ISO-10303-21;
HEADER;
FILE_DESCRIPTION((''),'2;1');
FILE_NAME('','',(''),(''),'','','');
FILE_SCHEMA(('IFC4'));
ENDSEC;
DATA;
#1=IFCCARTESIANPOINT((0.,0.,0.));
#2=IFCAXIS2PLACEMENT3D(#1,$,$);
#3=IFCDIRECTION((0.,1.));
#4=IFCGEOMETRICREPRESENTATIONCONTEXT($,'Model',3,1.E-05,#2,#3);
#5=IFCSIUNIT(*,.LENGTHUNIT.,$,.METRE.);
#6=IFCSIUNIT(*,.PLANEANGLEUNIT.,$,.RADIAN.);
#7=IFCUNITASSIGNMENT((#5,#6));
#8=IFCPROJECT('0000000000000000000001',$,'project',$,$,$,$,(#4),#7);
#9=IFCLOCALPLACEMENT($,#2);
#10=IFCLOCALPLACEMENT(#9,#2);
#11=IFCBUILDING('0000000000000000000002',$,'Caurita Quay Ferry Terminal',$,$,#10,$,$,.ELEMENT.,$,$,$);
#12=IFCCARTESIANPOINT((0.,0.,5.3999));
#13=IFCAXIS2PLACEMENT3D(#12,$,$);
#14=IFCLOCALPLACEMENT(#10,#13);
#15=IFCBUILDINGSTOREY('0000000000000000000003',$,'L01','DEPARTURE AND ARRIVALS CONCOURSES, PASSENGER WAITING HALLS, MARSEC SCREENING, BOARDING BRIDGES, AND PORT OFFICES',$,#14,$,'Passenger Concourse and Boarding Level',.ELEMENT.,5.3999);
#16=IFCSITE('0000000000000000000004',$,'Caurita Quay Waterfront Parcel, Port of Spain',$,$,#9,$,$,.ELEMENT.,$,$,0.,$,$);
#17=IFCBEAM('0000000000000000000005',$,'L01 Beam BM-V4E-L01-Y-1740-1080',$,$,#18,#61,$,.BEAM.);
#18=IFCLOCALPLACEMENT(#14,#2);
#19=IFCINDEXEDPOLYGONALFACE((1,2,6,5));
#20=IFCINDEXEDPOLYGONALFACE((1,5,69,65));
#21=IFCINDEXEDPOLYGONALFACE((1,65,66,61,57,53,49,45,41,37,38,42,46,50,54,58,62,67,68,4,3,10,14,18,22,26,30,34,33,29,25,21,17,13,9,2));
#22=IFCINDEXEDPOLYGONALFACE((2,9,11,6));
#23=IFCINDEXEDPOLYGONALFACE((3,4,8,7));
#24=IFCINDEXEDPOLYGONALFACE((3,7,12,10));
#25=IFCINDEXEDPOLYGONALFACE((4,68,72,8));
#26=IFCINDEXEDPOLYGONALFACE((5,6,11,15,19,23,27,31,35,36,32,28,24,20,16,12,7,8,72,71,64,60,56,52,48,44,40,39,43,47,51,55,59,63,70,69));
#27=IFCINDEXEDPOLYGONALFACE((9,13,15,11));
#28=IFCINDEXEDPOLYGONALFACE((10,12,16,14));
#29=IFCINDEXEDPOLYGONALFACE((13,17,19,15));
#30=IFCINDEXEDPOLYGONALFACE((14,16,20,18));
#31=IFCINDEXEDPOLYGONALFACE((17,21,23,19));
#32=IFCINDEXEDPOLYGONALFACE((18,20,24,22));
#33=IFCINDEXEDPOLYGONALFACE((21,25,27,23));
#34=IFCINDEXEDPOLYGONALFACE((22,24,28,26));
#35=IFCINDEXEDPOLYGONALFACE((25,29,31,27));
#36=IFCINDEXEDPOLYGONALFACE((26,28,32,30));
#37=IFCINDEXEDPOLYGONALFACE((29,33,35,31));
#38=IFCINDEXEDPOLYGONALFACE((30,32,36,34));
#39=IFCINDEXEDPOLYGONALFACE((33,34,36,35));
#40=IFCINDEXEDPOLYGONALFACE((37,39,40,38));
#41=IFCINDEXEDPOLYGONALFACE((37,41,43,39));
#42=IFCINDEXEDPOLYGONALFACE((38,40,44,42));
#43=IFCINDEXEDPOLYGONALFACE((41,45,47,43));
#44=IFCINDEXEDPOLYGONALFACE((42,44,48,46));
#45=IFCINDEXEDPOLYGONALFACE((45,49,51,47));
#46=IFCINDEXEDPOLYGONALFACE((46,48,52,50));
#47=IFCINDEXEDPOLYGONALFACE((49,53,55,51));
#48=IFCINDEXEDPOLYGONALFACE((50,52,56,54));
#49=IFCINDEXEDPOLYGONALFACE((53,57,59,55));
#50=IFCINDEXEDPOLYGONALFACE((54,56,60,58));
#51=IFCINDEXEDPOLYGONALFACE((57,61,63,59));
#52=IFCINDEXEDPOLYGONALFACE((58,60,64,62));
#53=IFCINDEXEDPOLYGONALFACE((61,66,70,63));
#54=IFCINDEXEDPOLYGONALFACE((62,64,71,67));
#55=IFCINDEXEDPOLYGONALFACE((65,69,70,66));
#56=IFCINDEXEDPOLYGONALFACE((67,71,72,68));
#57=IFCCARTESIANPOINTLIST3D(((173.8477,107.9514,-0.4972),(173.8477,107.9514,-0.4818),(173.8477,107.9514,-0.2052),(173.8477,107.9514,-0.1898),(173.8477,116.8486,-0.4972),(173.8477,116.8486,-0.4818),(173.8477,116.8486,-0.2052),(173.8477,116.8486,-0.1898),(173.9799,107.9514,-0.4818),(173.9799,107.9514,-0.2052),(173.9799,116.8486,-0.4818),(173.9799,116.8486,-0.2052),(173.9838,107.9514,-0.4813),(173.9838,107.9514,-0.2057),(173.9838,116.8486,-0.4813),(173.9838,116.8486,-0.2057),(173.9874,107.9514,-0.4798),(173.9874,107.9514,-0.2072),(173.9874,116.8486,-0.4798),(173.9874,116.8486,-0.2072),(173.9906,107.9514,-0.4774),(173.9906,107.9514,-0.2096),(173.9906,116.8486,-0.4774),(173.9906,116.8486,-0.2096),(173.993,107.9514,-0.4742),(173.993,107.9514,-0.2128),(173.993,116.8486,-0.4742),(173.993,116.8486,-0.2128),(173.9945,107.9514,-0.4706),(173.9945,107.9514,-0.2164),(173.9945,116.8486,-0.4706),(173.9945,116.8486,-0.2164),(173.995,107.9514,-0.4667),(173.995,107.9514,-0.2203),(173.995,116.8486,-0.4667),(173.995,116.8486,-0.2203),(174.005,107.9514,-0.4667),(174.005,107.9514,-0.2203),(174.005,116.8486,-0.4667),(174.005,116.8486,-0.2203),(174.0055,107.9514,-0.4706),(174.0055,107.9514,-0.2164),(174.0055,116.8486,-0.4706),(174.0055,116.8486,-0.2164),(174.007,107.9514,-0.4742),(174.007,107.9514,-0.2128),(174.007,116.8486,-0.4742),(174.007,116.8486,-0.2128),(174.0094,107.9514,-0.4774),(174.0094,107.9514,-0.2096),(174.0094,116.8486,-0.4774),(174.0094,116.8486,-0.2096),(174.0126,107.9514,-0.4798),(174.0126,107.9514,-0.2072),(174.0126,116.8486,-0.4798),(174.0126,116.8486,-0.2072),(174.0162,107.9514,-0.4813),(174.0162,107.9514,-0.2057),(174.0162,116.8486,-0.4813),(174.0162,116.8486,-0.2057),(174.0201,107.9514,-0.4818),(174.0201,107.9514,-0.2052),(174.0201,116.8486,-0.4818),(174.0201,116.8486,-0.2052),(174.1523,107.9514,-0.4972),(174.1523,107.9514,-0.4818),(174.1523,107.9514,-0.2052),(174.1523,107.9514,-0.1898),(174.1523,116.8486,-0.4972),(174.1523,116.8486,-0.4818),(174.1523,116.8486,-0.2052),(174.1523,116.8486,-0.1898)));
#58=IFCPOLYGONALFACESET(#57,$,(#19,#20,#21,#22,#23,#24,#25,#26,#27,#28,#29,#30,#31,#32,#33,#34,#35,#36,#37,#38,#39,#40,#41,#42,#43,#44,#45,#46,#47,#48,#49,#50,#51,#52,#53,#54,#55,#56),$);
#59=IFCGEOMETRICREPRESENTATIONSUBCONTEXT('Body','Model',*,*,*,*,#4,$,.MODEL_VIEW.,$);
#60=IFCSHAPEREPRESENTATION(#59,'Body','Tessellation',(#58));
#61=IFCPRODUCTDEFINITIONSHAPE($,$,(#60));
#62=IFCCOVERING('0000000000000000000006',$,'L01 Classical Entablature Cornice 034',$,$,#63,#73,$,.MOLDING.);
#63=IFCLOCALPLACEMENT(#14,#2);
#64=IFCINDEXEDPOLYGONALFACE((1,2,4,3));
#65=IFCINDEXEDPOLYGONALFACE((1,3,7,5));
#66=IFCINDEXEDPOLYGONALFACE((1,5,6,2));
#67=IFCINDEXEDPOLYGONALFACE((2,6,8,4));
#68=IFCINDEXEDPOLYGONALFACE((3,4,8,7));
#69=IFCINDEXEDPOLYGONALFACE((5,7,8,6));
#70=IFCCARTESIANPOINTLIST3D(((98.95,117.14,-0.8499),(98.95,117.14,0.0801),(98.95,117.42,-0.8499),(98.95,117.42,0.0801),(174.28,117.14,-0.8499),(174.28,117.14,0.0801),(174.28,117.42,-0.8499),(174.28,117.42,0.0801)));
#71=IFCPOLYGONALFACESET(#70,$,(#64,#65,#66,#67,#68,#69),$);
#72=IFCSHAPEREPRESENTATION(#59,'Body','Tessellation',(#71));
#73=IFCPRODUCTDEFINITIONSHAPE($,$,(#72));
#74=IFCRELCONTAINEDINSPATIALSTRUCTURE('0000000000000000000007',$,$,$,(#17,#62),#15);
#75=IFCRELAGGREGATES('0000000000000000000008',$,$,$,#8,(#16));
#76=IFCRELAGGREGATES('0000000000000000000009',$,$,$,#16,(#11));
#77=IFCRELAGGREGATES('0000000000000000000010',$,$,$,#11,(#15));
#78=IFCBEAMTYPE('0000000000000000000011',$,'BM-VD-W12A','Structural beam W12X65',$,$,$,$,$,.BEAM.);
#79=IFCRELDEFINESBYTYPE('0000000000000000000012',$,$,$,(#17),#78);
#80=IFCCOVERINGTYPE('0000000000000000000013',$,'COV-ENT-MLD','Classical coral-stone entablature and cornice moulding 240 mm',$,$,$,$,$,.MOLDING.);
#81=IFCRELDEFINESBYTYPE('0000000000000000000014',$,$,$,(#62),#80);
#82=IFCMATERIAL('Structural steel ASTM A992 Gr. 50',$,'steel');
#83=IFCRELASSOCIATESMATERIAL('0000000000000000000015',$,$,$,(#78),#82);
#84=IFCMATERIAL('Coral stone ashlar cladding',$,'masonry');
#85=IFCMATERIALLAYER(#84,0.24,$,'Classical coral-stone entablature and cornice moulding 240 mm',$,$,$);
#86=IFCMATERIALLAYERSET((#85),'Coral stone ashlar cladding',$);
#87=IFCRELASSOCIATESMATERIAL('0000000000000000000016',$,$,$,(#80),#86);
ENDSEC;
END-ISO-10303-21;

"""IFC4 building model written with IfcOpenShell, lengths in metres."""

from ifc_helpers import new_model, si_unit, direction, frame, frame_2d, origin, origin_2d, place, context, subcontext, project, spatial, rectangle, i_section, extrude, material, layer, layer_set, material_profile, profile_set, type_object, element, save


model = new_model("IFC4")

# Units and contexts
model_context = context("Model", 3, precision=1e-05, world=origin(), true_north=direction((0.0, 1.0)))
body_context = subcontext(model_context, "Body", "Model", "MODEL_VIEW")
ifc_project = project(units=[si_unit("LENGTHUNIT", "METRE"), si_unit("PLANEANGLEUNIT", "RADIAN")], contexts=[model_context])

# Site, building, storey
site_placement = place(None, origin())
site = spatial("IfcSite", under=ifc_project, at=site_placement, Name="Caurita Quay Waterfront Parcel, Port of Spain", CompositionType="ELEMENT", RefElevation=0.0)
building_placement = place(site_placement, origin())
building = spatial("IfcBuilding", under=site, at=building_placement, Name="Caurita Quay Ferry Terminal", CompositionType="ELEMENT")
storey_placement = place(building_placement, frame((0.0, 0.0, 5.3999)))
storey = spatial("IfcBuildingStorey", under=building, at=storey_placement, Name="L01", Description="DEPARTURE AND ARRIVALS CONCOURSES, PASSENGER WAITING HALLS, MARSEC SCREENING, BOARDING BRIDGES, AND PORT OFFICES", LongName="Passenger Concourse and Boarding Level", CompositionType="ELEMENT", Elevation=5.3999)

# Beam
ifc_material_1 = material(Name="Structural steel ASTM A992 Gr. 50", Category="steel")
ifc_material_profile_1 = material_profile(ifc_material_1, i_section(OverallWidth=0.3047, OverallDepth=0.3074, WebThickness=0.01, FlangeThickness=0.0154, FilletRadius=0.0151, at=origin_2d()), Name="W12X65")
ifc_profile_set_1 = profile_set([ifc_material_profile_1], Name="Structural steel ASTM A992 Gr. 50")
beam_type_1 = type_object("IfcBeamType", Name="BM-VD-W12A", Description="Structural beam W12X65", PredefinedType="BEAM", material=ifc_profile_set_1)
beam_1_placement = place(storey_placement, frame((174.0, 107.9514, -0.3435), z_axis=(0.0, 1.0, 0.0), x_axis=(-1.0, 0.0, 0.0)))
element("IfcBeam", 1, at=beam_1_placement, inside=storey, type_object=beam_type_1, Name="L01 Beam BM-V4E-L01-Y-1740-1080", PredefinedType="BEAM", context=body_context, shape_type="SweptSolid", body=[
    extrude(i_section(OverallWidth=0.3047, OverallDepth=0.3074, WebThickness=0.01, FlangeThickness=0.0154, FilletRadius=0.0151, at=origin_2d()), origin(), (0.0, 0.0, 1.0), 8.8972),
])

# Covering
ifc_material_2 = material(Name="Coral stone ashlar cladding", Category="masonry")
ifc_layer = layer(ifc_material_2, 0.24, Name="Classical coral-stone entablature and cornice moulding 240 mm")
ifc_layer_set = layer_set([ifc_layer], Name="Coral stone ashlar cladding")
covering_type = type_object("IfcCoveringType", Name="COV-ENT-MLD", Description="Classical coral-stone entablature and cornice moulding 240 mm", PredefinedType="MOLDING", material=ifc_layer_set)
covering_placement = place(storey_placement, frame((174.28, 117.28, -0.8499), z_axis=(0.0, 0.0, 1.0), x_axis=(-1.0, 0.0, 0.0)))
element("IfcCovering", 2, at=covering_placement, inside=storey, type_object=covering_type, Name="L01 Classical Entablature Cornice 034", PredefinedType="MOLDING", context=body_context, shape_type="SweptSolid", body=[
    extrude(rectangle(XDim=75.3301, YDim=0.28, at=frame_2d((37.665, 0.0))), origin(), (0.0, 0.0, 1.0), 0.9299),
])

save(model, "model.ifc")
